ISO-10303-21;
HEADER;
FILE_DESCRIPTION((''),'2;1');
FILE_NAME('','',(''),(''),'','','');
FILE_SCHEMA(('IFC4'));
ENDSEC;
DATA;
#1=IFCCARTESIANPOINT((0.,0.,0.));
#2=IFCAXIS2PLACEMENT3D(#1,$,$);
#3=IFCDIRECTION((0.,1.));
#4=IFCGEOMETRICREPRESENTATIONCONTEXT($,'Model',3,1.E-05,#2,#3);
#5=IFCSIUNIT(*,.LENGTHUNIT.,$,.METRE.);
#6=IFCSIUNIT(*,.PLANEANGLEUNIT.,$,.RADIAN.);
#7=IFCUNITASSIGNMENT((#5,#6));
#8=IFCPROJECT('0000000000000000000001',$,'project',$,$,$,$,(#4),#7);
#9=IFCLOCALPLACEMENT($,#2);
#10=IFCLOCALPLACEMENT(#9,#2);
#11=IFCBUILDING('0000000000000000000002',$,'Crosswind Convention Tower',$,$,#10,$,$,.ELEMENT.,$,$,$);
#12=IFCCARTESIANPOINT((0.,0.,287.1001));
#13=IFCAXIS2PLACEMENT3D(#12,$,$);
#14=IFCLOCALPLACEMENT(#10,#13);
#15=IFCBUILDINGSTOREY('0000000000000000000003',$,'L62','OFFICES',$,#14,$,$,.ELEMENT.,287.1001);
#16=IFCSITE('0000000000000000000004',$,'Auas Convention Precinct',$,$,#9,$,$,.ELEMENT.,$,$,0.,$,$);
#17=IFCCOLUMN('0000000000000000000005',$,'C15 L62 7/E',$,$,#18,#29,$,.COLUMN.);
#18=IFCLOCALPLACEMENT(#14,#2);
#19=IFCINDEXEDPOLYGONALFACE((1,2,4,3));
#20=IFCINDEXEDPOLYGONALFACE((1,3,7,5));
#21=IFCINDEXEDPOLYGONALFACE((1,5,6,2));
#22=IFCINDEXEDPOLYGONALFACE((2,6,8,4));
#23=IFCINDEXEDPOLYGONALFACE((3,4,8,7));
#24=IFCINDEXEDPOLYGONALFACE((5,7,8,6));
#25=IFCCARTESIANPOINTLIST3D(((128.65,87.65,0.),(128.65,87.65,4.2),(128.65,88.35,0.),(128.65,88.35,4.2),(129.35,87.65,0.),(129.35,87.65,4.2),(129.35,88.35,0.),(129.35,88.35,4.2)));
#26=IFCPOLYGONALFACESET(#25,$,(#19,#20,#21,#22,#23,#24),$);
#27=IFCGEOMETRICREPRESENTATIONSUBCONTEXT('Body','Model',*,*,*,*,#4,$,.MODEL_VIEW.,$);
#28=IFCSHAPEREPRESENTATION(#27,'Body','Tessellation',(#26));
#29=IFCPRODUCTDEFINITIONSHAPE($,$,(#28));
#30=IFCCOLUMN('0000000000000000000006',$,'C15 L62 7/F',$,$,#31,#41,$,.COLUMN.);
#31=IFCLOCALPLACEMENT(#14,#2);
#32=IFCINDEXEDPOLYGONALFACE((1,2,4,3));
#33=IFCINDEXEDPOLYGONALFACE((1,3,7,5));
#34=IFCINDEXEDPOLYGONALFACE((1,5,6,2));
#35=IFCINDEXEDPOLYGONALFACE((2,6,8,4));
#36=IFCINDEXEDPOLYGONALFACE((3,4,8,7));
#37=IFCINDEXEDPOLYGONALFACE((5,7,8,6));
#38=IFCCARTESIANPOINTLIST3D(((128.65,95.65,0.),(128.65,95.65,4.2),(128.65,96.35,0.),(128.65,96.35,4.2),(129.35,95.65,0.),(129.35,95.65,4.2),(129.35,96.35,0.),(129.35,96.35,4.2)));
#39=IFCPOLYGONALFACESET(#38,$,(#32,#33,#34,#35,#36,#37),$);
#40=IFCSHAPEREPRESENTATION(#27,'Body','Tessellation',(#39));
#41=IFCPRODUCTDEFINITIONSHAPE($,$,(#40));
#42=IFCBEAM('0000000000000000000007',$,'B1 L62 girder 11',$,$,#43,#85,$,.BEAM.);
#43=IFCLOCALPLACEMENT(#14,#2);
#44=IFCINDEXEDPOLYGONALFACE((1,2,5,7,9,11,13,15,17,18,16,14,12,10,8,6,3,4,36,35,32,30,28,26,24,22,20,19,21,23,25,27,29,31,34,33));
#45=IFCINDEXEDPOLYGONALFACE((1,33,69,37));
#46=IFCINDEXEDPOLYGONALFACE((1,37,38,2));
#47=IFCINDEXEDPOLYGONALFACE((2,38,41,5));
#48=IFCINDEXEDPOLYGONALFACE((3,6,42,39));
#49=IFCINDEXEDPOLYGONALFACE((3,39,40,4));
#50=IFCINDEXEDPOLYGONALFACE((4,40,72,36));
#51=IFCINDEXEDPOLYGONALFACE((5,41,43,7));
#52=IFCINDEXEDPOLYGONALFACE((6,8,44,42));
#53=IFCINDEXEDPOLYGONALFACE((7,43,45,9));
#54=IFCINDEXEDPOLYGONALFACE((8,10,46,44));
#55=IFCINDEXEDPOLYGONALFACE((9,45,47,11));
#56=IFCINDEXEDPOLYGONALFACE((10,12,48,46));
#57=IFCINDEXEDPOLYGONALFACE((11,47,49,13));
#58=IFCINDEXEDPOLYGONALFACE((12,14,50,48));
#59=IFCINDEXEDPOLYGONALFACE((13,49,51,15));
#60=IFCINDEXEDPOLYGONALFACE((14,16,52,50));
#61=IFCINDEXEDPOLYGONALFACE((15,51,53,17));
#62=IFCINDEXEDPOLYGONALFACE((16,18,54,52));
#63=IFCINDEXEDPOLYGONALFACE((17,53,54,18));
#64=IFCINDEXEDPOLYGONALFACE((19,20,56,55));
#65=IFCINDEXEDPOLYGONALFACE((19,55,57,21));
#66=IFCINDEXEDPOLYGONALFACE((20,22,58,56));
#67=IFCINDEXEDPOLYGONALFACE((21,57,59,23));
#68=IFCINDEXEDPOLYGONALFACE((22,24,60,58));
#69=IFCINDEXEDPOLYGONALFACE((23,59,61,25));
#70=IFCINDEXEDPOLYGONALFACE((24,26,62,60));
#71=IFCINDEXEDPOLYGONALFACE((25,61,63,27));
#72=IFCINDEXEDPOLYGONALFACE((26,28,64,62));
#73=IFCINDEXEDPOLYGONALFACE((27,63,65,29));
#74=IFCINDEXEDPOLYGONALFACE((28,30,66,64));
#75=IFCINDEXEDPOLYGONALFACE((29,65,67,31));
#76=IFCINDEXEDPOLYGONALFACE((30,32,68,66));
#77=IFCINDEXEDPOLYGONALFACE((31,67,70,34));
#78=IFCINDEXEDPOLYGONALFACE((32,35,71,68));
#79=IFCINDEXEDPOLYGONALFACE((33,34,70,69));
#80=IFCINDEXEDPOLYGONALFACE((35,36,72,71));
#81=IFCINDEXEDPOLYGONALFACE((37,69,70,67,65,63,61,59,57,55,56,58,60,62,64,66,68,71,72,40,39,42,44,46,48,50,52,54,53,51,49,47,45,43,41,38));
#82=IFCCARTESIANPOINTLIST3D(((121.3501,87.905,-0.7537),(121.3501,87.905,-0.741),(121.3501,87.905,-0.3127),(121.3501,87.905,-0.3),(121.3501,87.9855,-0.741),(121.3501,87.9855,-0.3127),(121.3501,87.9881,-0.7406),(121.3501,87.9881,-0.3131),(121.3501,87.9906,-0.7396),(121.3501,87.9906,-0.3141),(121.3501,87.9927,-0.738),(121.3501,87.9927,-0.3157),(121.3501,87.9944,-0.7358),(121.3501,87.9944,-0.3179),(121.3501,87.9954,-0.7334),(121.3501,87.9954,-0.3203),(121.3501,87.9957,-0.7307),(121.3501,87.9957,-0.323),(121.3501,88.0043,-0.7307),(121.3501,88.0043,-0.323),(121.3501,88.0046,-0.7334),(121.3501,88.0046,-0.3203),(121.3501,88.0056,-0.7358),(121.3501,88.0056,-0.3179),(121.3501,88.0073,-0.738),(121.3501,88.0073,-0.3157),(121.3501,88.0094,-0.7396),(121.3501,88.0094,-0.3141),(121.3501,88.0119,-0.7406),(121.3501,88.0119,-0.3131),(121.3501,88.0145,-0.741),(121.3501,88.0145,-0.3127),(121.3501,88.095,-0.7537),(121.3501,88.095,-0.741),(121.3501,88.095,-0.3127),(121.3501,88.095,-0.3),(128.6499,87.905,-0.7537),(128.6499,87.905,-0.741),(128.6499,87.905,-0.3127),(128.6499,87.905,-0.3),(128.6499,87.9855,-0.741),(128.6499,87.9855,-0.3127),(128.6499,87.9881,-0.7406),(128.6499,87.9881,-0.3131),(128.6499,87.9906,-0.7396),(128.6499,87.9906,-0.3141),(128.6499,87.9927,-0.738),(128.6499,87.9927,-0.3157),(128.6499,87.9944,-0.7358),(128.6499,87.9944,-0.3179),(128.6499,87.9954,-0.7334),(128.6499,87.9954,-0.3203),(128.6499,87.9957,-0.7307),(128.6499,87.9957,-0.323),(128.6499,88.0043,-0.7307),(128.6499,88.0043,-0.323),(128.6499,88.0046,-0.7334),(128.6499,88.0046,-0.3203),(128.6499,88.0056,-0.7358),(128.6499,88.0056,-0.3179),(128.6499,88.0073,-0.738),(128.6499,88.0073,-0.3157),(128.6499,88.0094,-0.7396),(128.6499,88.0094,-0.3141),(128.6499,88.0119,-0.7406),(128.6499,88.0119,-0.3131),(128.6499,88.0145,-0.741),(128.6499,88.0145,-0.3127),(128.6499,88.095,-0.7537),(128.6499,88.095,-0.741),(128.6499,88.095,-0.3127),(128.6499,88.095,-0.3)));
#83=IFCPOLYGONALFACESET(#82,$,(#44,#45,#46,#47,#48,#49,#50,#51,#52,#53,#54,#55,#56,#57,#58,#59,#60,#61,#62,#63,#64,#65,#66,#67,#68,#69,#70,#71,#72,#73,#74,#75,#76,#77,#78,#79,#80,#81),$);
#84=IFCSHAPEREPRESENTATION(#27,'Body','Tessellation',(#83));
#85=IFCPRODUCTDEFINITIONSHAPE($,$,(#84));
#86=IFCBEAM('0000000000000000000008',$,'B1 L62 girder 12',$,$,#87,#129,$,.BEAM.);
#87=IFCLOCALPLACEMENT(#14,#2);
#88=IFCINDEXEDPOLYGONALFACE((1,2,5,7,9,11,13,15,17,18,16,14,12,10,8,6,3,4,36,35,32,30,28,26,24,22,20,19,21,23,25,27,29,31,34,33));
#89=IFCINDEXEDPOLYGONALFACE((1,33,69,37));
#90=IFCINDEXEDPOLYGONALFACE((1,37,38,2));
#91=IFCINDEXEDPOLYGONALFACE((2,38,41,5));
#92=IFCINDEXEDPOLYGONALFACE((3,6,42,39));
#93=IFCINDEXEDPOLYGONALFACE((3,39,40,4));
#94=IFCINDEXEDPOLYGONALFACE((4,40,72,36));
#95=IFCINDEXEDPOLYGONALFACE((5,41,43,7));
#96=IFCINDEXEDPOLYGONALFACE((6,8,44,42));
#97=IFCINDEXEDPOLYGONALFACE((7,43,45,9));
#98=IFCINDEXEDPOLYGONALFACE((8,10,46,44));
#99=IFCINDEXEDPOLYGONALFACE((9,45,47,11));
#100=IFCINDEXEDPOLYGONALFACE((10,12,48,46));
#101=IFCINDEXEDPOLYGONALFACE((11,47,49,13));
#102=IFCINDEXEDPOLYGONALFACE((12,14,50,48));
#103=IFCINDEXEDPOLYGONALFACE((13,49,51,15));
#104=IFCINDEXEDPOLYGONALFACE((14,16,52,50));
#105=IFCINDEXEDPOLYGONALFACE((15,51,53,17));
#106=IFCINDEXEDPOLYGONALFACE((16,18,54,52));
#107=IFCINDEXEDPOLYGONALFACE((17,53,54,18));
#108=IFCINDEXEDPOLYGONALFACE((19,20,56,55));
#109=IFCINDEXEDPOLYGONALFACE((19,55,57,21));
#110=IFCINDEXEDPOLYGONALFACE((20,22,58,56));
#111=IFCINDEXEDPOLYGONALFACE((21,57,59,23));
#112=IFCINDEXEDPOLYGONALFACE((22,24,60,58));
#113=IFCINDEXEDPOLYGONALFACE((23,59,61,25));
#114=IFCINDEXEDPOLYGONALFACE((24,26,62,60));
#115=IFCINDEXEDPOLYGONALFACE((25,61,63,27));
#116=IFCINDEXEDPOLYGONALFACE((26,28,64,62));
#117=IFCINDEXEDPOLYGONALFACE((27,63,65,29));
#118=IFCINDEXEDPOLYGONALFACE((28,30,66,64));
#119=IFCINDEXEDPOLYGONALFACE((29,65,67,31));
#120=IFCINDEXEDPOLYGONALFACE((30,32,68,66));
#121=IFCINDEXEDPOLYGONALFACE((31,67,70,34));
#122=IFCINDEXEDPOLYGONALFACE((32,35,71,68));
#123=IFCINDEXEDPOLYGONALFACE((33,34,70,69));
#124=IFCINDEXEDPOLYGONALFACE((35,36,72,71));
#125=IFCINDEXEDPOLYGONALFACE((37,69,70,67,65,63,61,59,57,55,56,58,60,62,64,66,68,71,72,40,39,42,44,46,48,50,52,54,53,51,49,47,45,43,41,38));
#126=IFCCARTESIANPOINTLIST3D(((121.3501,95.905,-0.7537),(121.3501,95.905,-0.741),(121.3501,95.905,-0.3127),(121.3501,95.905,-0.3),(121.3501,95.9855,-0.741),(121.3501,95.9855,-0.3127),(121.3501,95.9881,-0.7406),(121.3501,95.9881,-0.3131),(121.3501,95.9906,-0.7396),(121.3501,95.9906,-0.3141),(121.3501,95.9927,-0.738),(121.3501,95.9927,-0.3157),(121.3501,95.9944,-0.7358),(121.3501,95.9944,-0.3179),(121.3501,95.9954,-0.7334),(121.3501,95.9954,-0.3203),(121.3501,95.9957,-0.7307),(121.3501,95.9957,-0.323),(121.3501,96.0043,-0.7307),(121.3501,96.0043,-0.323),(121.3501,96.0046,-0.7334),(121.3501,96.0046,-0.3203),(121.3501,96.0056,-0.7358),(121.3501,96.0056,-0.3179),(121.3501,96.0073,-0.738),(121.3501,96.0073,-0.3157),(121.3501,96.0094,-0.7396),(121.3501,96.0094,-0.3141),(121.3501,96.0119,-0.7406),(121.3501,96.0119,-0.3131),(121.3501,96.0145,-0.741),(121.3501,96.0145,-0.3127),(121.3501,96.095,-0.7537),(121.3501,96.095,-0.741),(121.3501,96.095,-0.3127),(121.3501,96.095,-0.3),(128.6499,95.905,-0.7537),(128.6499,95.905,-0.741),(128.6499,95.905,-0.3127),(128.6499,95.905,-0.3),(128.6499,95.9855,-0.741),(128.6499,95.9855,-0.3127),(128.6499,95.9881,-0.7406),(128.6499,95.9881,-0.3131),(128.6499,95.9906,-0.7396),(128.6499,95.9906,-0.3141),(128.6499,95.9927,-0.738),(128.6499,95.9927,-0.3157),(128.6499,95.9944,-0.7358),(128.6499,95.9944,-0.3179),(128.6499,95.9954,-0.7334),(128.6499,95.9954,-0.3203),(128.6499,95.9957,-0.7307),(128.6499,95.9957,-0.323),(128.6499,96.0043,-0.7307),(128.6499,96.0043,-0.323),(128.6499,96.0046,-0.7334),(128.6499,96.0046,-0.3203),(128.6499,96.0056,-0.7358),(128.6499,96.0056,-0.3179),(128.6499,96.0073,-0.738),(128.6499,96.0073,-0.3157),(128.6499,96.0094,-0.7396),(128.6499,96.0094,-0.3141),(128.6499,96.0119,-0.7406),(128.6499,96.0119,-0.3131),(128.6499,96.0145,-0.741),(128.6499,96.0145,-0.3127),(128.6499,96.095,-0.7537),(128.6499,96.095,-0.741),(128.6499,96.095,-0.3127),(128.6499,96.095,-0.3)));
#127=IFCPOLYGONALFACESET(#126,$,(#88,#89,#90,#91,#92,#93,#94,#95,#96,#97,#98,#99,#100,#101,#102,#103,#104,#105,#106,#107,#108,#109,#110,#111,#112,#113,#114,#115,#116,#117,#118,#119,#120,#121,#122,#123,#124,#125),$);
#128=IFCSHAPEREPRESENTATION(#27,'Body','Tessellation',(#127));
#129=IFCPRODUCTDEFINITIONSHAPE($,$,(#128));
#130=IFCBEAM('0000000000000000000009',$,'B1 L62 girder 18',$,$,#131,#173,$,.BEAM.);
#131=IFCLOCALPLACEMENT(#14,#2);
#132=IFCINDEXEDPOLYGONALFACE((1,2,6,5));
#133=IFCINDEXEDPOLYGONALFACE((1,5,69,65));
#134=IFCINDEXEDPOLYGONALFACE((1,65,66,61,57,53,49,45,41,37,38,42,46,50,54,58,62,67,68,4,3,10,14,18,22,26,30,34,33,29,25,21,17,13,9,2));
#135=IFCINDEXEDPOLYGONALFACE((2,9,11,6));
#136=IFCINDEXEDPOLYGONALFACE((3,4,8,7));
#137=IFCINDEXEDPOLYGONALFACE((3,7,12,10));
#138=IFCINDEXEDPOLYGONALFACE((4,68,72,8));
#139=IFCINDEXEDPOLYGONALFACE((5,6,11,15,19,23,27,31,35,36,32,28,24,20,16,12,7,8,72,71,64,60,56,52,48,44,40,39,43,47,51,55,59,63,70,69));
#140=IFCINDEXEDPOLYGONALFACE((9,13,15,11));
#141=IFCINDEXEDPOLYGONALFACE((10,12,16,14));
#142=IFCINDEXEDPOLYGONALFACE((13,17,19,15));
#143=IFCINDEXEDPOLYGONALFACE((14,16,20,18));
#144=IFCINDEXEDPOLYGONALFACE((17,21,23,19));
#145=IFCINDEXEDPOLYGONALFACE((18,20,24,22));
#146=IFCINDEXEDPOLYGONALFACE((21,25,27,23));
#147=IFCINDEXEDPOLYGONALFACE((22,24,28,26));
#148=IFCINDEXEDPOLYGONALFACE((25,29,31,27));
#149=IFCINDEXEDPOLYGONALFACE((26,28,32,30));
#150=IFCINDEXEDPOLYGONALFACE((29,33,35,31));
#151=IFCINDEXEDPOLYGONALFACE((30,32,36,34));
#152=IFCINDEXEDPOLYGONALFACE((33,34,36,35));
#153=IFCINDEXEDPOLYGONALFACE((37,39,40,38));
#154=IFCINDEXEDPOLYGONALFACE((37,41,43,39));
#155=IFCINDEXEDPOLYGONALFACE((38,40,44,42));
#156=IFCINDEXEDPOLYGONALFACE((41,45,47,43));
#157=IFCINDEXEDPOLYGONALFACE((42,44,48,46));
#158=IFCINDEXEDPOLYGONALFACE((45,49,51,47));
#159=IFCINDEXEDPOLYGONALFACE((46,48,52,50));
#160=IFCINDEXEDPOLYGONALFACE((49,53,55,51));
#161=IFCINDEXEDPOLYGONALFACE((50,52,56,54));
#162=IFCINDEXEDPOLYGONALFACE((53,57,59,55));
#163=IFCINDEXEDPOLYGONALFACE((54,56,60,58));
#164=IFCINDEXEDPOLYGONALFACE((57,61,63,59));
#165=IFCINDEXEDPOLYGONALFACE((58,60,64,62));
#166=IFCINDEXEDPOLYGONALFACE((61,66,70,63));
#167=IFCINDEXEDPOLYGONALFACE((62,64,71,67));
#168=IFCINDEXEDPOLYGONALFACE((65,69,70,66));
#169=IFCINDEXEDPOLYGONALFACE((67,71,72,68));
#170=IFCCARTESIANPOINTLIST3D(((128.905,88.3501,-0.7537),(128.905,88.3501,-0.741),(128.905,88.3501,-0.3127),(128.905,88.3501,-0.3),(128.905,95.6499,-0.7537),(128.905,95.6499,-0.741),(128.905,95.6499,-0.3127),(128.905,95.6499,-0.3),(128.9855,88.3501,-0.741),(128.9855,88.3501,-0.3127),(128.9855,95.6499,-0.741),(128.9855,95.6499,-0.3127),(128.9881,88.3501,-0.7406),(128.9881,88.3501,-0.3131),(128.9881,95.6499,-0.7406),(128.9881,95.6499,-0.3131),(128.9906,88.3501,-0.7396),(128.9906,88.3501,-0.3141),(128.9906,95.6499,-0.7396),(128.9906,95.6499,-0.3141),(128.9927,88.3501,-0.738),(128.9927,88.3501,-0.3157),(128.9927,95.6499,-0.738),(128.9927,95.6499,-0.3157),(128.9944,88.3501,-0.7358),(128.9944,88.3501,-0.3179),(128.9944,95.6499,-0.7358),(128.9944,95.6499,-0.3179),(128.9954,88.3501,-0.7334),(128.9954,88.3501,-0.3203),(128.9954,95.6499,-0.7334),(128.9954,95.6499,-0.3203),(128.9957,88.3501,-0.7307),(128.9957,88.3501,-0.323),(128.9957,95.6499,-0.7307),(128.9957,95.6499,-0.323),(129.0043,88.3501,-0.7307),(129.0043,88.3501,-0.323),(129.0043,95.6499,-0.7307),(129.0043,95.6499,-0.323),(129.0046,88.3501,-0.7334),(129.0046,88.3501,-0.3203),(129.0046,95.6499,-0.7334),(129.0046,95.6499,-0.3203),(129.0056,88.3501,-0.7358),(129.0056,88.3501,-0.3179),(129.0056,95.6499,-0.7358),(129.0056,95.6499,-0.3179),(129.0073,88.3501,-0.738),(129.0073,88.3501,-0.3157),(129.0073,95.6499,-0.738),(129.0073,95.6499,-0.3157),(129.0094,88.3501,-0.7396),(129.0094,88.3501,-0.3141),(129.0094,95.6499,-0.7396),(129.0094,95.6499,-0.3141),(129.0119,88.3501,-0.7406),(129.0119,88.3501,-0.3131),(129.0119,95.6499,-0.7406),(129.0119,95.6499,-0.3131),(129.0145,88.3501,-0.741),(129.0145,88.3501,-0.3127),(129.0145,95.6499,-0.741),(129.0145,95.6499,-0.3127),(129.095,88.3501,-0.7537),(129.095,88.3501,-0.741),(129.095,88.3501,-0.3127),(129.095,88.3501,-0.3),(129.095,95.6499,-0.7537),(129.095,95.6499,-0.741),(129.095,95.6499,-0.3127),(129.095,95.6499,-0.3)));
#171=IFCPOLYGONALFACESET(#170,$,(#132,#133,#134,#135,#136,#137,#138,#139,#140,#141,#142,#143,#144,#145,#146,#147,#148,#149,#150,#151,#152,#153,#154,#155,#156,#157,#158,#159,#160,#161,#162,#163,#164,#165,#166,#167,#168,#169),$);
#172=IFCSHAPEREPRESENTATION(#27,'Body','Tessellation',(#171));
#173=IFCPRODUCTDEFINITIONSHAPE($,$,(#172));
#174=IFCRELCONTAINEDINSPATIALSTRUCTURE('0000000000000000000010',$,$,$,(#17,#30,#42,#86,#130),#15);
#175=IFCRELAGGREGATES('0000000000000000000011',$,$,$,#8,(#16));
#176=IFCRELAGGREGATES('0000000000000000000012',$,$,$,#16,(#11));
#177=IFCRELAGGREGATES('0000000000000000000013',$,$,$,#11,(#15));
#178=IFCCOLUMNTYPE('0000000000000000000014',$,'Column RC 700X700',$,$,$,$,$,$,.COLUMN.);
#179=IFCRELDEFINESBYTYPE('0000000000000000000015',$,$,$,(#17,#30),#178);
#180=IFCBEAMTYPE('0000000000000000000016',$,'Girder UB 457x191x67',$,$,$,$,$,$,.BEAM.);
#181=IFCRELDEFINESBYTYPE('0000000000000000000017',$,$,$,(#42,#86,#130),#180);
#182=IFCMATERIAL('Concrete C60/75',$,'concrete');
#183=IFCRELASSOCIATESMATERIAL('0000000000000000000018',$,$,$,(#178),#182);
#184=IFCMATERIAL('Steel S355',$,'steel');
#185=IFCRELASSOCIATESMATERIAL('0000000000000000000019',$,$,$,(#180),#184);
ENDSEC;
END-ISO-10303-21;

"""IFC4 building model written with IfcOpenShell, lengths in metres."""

from ifc_helpers import new_model, si_unit, direction, frame, origin, origin_2d, place, context, subcontext, project, spatial, rectangle, i_section, extrude, material, material_profile, profile_set, type_object, element, save


model = new_model("IFC4")

# Units and contexts
model_context = context("Model", 3, precision=1e-05, world=origin(), true_north=direction((0.0, 1.0)))
body_context = subcontext(model_context, "Body", "Model", "MODEL_VIEW")
ifc_project = project(units=[si_unit("LENGTHUNIT", "METRE"), si_unit("PLANEANGLEUNIT", "RADIAN")], contexts=[model_context])

# Site, building, storey
site_placement = place(None, origin())
site = spatial("IfcSite", under=ifc_project, at=site_placement, Name="Auas Convention Precinct", CompositionType="ELEMENT", RefElevation=0.0)
building_placement = place(site_placement, origin())
building = spatial("IfcBuilding", under=site, at=building_placement, Name="Crosswind Convention Tower", CompositionType="ELEMENT")
storey_placement = place(building_placement, frame((0.0, 0.0, 287.1001)))
storey = spatial("IfcBuildingStorey", under=building, at=storey_placement, Name="L62", Description="OFFICES", CompositionType="ELEMENT", Elevation=287.1001)

# Columns
ifc_material_1 = material(Name="Concrete C60/75", Category="concrete")
ifc_material_profile_1 = material_profile(ifc_material_1, rectangle(XDim=0.7, YDim=0.7, at=origin_2d()), Name="RC 700X700")
ifc_profile_set_1 = profile_set([ifc_material_profile_1], Name="Concrete C60/75")
column_type = type_object("IfcColumnType", Name="Column RC 700X700", PredefinedType="COLUMN", material=ifc_profile_set_1)
for number, where, z_axis, x_axis, name in (
    (1, (129.0, 88.0, 0.0), (0.0, 0.0, 1.0), (1.0, 0.0, 0.0), "C15 L62 7/E"),
    (2, (129.0, 96.0, 0.0), (0.0, 0.0, 1.0), (1.0, 0.0, 0.0), "C15 L62 7/F"),
):
    element("IfcColumn", number, at=place(storey_placement, frame(where, z_axis=z_axis, x_axis=x_axis)), inside=storey, type_object=column_type, Name=name, PredefinedType="COLUMN", context=body_context, shape_type="SweptSolid", body=[
        extrude(rectangle(XDim=0.7, YDim=0.7, at=origin_2d()), origin(), (0.0, 0.0, 1.0), 4.2),
    ])

# Beams
ifc_material_2 = material(Name="Steel S355", Category="steel")
ifc_material_profile_2 = material_profile(ifc_material_2, i_section(OverallWidth=0.1899, OverallDepth=0.4536, WebThickness=0.0085, FlangeThickness=0.0127, FilletRadius=0.0103, at=origin_2d()), Name="UB 457x191x67")
ifc_profile_set_2 = profile_set([ifc_material_profile_2], Name="Steel S355")
beam_type_1 = type_object("IfcBeamType", Name="Girder UB 457x191x67", PredefinedType="BEAM", material=ifc_profile_set_2)
for number, where, z_axis, x_axis, name in (
    (3, (121.3501, 88.0, -0.5269), (1.0, 0.0, 0.0), (0.0, 1.0, 0.0), "B1 L62 girder 11"),
    (4, (121.3501, 96.0, -0.5269), (1.0, 0.0, 0.0), (0.0, 1.0, 0.0), "B1 L62 girder 12"),
    (5, (129.0, 88.3501, -0.5269), (0.0, 1.0, 0.0), (-1.0, 0.0, 0.0), "B1 L62 girder 18"),
):
    element("IfcBeam", number, at=place(storey_placement, frame(where, z_axis=z_axis, x_axis=x_axis)), inside=storey, type_object=beam_type_1, Name=name, PredefinedType="BEAM", context=body_context, shape_type="SweptSolid", body=[
        extrude(i_section(OverallWidth=0.1899, OverallDepth=0.4536, WebThickness=0.0085, FlangeThickness=0.0127, FilletRadius=0.0103, at=origin_2d()), origin(), (0.0, 0.0, 1.0), 7.2998),
    ])

save(model, "model.ifc")
